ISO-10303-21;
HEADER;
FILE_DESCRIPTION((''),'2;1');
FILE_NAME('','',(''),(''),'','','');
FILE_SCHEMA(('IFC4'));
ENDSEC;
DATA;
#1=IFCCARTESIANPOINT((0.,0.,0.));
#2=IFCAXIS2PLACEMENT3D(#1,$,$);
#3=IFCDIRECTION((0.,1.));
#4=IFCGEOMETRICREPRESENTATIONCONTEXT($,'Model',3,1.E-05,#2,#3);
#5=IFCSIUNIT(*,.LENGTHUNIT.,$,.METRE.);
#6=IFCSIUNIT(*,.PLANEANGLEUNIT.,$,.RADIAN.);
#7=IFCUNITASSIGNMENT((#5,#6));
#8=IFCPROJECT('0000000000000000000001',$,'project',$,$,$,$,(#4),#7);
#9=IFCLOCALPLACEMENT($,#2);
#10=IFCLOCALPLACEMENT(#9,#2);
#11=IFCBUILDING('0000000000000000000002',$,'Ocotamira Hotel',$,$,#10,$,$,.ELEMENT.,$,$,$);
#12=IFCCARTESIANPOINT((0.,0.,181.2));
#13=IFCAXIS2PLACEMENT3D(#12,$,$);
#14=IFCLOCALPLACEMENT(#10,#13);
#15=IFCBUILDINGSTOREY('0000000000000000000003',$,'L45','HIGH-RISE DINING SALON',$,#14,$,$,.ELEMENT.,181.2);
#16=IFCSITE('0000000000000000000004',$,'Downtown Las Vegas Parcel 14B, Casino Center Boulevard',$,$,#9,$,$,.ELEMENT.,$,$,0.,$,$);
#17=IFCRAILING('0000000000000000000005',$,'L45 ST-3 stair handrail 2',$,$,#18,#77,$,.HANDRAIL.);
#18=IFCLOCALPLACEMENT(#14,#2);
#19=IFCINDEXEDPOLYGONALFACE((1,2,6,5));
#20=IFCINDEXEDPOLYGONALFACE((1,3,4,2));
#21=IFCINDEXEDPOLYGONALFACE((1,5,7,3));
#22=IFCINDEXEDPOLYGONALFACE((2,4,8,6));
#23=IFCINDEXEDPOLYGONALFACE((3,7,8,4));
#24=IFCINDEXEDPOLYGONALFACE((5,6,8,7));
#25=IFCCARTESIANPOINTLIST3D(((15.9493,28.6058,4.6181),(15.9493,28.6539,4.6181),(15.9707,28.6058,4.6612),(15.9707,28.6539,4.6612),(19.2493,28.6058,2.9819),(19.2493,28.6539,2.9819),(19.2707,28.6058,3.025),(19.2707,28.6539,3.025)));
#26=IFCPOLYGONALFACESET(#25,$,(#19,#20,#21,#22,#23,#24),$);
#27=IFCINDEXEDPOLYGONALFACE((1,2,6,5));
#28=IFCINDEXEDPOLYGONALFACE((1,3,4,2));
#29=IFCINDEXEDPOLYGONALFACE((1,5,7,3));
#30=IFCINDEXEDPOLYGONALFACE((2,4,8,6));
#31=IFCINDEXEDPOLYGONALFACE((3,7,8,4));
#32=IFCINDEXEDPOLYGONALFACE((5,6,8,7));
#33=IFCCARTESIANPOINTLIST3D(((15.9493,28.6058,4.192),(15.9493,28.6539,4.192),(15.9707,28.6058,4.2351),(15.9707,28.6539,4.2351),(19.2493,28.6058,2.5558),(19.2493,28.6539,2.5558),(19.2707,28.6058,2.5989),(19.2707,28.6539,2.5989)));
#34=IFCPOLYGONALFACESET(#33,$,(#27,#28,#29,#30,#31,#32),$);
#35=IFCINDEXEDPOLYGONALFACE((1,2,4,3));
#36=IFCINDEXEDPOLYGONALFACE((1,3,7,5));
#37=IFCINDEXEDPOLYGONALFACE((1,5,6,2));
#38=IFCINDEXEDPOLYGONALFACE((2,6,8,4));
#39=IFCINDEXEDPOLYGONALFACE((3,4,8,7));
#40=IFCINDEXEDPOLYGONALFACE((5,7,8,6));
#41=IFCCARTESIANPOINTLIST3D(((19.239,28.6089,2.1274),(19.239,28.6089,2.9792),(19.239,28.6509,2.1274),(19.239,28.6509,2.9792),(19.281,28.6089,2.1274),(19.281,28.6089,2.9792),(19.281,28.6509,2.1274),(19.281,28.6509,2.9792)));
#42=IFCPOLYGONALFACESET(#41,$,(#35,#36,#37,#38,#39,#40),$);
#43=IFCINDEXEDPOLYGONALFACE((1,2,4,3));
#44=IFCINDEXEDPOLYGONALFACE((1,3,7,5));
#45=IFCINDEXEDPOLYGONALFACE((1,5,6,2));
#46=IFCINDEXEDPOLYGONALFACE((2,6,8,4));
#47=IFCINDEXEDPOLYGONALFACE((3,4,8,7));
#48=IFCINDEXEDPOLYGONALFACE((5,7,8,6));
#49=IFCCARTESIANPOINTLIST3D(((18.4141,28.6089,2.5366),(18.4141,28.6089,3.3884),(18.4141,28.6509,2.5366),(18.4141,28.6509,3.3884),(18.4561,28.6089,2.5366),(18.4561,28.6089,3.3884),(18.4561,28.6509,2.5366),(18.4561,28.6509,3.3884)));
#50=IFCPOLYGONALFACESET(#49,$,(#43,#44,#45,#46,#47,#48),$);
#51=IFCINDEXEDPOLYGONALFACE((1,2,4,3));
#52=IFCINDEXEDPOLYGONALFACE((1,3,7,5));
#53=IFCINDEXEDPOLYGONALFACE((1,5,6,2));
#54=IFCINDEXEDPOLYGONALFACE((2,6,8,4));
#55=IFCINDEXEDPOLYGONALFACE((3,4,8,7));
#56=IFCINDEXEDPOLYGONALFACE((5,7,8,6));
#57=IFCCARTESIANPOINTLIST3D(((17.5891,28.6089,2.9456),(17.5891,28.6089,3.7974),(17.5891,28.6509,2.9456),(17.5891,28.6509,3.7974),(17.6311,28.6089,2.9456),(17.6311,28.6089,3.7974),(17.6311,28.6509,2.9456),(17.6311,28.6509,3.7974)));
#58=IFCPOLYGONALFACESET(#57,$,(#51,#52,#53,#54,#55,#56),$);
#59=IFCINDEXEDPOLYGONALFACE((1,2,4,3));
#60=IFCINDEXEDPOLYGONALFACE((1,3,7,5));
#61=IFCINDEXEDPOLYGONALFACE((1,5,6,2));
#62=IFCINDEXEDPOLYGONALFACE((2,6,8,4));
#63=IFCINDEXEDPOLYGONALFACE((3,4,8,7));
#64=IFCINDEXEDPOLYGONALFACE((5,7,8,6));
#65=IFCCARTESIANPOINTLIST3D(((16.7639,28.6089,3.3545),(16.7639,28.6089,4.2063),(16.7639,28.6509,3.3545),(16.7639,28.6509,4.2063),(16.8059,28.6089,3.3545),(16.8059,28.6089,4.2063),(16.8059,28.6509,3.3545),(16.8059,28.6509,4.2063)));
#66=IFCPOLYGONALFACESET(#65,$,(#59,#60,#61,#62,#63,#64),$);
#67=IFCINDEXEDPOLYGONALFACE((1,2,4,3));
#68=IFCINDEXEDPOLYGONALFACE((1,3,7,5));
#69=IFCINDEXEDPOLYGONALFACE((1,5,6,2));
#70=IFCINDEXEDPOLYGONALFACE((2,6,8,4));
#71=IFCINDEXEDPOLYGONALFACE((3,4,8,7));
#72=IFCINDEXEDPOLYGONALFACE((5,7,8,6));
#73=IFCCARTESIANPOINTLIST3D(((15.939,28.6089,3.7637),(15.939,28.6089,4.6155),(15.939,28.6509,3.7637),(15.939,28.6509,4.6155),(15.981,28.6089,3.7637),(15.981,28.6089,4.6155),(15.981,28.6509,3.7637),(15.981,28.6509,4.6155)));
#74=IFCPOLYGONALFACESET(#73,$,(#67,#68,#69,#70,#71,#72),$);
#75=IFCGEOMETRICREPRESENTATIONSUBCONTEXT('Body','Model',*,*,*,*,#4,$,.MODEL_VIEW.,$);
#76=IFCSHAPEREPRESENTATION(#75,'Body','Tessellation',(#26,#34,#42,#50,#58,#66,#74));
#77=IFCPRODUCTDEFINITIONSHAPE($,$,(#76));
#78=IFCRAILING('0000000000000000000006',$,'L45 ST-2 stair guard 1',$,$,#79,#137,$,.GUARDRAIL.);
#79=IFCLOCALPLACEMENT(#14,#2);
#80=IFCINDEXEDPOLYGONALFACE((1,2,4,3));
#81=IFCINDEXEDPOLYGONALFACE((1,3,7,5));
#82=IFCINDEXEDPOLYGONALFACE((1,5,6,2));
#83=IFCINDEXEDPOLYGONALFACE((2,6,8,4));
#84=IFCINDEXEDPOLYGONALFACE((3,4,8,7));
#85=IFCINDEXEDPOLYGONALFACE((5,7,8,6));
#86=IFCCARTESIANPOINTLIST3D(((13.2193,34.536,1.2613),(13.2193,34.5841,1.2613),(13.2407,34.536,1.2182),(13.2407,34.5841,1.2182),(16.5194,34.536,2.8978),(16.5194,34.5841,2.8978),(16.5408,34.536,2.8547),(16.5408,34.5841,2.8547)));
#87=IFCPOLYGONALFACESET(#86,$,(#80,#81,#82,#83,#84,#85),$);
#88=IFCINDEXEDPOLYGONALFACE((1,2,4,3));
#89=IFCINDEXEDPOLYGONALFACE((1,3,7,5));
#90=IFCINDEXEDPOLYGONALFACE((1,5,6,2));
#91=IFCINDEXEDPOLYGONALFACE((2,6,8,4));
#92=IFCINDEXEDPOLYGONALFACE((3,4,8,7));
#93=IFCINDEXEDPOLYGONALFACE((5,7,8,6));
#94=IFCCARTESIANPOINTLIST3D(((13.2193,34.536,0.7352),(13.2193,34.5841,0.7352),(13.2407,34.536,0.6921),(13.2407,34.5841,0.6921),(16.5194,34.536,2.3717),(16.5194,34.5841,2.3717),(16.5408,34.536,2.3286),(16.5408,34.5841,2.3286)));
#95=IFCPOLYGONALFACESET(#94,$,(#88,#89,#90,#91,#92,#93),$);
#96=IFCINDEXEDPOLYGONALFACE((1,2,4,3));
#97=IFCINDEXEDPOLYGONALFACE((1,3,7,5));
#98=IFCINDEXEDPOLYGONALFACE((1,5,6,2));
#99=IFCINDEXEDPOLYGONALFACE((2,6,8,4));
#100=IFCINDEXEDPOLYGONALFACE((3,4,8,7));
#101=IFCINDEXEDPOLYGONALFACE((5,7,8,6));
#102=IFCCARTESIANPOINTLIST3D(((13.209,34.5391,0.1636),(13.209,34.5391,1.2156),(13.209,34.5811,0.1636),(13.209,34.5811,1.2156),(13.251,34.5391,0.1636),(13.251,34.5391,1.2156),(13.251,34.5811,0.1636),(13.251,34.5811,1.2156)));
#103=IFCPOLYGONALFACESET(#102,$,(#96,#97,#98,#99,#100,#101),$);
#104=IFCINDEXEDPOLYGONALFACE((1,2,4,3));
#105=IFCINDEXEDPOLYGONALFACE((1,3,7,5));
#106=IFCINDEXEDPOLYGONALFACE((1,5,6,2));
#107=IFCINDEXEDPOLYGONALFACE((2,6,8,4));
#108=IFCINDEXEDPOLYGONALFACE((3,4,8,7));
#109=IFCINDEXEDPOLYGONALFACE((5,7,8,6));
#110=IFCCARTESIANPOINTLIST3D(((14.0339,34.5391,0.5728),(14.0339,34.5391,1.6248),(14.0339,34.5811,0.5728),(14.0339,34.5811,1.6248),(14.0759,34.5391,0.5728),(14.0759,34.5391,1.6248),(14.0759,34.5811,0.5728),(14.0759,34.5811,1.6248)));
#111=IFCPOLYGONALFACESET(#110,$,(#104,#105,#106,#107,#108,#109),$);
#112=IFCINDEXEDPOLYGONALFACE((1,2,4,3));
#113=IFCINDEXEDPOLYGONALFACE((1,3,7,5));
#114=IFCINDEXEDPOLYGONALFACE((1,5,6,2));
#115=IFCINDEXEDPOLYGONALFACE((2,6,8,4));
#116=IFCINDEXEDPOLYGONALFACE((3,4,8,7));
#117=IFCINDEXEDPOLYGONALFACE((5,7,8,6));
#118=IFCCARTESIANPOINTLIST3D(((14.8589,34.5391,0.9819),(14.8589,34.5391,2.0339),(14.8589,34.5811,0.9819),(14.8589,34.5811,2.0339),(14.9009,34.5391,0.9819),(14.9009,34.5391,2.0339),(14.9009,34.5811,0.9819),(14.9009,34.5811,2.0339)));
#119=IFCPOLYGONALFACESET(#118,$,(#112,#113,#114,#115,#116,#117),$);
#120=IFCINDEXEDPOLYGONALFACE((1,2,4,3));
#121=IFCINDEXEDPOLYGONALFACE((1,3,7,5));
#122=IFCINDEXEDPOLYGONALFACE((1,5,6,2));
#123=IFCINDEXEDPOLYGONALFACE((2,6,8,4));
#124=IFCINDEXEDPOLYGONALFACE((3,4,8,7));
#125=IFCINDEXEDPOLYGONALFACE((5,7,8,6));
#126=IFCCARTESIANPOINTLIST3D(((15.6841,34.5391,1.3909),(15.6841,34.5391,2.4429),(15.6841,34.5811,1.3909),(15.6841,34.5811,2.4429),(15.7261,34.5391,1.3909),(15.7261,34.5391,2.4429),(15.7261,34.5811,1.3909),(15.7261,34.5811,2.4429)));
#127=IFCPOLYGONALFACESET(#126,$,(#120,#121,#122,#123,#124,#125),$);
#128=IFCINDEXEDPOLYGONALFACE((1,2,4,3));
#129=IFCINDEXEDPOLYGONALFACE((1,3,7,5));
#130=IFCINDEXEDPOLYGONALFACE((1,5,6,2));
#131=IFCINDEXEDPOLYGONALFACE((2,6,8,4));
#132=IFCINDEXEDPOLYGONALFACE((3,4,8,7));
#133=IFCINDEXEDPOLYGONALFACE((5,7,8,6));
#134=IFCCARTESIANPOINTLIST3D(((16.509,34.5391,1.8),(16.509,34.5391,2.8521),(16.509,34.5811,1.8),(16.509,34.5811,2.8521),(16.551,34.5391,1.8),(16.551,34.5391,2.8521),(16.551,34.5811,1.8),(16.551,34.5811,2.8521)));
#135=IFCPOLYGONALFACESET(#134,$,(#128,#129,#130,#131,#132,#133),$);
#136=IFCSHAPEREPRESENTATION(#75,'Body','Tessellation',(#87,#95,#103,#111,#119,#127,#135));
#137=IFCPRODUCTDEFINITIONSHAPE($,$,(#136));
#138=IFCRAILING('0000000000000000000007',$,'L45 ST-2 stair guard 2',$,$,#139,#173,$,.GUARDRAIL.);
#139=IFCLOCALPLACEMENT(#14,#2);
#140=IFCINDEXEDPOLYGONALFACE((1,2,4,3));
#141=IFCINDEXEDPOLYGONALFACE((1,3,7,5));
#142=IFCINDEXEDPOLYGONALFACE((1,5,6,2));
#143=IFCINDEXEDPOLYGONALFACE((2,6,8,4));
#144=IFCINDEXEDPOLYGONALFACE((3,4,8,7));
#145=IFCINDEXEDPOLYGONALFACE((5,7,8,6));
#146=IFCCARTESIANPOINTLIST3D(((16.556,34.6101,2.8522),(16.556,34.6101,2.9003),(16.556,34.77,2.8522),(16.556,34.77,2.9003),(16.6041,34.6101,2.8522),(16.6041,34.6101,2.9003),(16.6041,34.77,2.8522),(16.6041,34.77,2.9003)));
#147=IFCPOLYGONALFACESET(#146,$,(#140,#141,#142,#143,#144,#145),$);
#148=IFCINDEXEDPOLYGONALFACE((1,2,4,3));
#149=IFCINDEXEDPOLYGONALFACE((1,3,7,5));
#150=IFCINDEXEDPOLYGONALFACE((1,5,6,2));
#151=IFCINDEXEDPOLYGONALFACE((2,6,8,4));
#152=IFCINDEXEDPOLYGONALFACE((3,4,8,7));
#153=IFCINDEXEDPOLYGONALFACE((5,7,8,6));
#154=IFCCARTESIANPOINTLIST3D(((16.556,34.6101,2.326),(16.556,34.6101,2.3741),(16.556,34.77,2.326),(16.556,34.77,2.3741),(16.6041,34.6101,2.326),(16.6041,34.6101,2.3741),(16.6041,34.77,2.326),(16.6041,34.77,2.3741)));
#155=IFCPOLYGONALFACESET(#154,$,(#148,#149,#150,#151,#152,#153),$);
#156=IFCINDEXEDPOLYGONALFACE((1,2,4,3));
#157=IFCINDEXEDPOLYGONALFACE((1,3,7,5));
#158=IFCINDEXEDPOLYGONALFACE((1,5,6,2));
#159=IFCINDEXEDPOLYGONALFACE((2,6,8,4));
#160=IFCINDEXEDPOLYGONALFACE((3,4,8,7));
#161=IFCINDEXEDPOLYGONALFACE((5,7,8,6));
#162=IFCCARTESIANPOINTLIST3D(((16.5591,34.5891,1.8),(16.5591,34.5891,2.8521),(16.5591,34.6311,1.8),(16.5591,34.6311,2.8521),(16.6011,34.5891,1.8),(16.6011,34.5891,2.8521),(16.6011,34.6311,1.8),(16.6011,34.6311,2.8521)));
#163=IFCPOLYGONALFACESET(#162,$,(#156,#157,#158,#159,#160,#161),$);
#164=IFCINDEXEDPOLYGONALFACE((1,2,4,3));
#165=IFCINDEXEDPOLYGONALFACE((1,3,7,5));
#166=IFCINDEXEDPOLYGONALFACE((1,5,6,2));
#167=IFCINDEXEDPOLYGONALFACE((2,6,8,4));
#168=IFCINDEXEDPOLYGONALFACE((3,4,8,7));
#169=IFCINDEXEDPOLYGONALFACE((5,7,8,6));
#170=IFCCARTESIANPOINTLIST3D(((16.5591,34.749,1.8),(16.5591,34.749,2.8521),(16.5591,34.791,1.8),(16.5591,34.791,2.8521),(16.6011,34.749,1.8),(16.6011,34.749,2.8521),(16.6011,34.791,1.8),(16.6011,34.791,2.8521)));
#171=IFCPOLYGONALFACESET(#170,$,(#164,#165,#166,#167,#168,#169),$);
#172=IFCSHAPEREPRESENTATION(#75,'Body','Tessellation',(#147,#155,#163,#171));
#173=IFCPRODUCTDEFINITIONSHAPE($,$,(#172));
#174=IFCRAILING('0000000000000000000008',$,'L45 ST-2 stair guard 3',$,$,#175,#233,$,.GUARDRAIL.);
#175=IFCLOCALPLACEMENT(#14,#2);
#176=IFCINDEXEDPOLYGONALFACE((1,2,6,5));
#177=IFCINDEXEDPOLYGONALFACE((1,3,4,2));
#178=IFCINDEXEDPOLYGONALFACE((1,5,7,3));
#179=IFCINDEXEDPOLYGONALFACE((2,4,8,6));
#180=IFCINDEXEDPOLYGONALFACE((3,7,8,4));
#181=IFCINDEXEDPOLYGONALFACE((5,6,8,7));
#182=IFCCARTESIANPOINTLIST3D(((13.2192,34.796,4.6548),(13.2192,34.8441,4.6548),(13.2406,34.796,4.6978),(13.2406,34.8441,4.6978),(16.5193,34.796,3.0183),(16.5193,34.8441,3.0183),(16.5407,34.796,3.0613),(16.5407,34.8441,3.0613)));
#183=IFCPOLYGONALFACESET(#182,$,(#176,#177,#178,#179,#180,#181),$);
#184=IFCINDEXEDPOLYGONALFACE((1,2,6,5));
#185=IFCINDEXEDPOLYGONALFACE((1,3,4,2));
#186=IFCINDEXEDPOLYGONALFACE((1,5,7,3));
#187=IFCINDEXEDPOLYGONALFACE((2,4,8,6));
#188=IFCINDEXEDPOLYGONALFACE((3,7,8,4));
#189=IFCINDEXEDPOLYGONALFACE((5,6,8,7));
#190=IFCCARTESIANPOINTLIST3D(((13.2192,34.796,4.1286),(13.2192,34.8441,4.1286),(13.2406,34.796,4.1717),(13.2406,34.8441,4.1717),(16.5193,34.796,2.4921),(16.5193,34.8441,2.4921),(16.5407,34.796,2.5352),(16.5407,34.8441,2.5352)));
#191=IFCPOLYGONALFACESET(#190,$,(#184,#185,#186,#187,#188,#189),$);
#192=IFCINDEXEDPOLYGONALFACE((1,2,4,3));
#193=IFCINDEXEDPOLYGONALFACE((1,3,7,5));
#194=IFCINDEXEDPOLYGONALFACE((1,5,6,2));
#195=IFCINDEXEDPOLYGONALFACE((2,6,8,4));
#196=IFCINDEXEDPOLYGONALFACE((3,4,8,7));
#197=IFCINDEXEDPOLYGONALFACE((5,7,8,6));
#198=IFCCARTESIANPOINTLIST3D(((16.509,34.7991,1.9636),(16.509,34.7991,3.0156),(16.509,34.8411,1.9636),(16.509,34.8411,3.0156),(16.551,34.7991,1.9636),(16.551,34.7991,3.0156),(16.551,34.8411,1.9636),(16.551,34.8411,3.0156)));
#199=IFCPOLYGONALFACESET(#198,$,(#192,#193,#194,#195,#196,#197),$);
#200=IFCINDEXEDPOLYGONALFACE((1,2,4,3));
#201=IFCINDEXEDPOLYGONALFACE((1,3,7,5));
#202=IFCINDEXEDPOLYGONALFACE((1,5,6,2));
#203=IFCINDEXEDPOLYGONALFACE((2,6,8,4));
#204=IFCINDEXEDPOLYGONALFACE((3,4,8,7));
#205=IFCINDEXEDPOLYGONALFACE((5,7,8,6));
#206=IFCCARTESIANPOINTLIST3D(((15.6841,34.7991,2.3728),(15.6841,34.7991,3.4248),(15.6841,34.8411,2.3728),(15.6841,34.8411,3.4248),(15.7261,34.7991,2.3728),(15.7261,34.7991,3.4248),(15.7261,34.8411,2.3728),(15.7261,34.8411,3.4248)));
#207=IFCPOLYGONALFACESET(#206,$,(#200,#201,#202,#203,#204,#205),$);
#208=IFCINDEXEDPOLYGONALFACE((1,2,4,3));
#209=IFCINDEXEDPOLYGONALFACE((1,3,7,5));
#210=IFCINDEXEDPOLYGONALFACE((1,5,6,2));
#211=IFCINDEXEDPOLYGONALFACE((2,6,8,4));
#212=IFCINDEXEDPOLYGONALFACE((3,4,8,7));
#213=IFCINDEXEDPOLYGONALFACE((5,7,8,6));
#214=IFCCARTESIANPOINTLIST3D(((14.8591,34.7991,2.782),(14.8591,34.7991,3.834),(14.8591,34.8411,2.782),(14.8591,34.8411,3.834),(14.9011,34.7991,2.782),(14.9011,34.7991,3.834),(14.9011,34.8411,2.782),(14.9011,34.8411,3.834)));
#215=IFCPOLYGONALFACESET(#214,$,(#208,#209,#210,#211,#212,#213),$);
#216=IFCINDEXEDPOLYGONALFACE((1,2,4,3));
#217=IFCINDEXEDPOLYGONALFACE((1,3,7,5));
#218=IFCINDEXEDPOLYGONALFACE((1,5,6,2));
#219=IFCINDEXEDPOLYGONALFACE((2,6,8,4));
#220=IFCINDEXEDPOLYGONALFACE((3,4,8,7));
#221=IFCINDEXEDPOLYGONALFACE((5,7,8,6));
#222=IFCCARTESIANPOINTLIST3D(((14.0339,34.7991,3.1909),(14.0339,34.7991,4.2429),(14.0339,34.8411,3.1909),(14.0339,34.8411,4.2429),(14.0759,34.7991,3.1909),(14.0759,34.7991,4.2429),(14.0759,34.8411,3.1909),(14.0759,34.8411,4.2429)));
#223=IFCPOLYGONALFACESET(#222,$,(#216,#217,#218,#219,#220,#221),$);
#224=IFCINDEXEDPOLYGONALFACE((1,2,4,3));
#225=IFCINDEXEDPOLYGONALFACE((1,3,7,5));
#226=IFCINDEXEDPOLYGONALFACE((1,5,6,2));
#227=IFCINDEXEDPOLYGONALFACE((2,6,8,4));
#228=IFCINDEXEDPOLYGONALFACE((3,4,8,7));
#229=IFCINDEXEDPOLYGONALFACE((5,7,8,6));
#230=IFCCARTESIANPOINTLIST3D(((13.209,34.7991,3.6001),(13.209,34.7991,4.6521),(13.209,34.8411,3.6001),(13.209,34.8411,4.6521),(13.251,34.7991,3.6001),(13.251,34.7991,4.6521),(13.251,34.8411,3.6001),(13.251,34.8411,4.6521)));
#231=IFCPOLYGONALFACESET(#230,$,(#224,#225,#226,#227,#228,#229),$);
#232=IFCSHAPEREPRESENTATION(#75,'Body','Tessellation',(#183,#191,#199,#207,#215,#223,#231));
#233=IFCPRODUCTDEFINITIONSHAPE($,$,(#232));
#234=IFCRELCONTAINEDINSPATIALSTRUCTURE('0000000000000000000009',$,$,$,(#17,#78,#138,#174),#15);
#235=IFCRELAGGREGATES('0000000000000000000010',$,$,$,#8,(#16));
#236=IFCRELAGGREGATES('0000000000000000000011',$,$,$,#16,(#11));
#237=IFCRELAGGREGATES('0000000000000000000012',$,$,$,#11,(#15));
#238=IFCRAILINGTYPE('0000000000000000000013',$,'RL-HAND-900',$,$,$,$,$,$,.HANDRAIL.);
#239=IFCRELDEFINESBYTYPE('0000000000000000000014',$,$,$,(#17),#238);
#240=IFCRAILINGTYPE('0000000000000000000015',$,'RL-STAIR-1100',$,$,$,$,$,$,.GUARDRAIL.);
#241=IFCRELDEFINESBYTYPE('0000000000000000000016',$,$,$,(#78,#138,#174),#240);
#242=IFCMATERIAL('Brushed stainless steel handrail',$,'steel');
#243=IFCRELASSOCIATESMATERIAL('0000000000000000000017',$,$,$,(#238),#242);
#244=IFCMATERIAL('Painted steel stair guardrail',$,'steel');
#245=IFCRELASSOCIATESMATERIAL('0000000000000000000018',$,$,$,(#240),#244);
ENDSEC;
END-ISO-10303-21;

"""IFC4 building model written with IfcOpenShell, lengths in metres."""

from ifc_helpers import new_model, si_unit, direction, frame, origin, origin_2d, place, context, subcontext, project, spatial, rectangle, extrude, material, type_object, element, save


model = new_model("IFC4")

# Units and contexts
model_context = context("Model", 3, precision=1e-05, world=origin(), true_north=direction((0.0, 1.0)))
body_context = subcontext(model_context, "Body", "Model", "MODEL_VIEW")
ifc_project = project(units=[si_unit("LENGTHUNIT", "METRE"), si_unit("PLANEANGLEUNIT", "RADIAN")], contexts=[model_context])

# Site, building, storey
site_placement = place(None, origin())
site = spatial("IfcSite", under=ifc_project, at=site_placement, Name="Downtown Las Vegas Parcel 14B, Casino Center Boulevard", CompositionType="ELEMENT", RefElevation=0.0)
building_placement = place(site_placement, origin())
building = spatial("IfcBuilding", under=site, at=building_placement, Name="Ocotamira Hotel", CompositionType="ELEMENT")
storey_placement = place(building_placement, frame((0.0, 0.0, 181.2)))
storey = spatial("IfcBuildingStorey", under=building, at=storey_placement, Name="L45", Description="HIGH-RISE DINING SALON", CompositionType="ELEMENT", Elevation=181.2)

# Railings
ifc_material_1 = material(Name="Brushed stainless steel handrail", Category="steel")
railing_type_1 = type_object("IfcRailingType", Name="RL-HAND-900", PredefinedType="HANDRAIL", material=ifc_material_1)
railing_1_placement = place(storey_placement, frame((19.26, 28.6299, 2.1274)))
element("IfcRailing", 1, at=railing_1_placement, inside=storey, type_object=railing_type_1, Name="L45 ST-3 stair handrail 2", PredefinedType="HANDRAIL", context=body_context, shape_type="SweptSolid", body=[
    extrude(rectangle(XDim=0.0481, YDim=0.0481, at=origin_2d()), frame((0.0, 0.0, 0.876), z_axis=(-0.89592, 0.0, 0.444215), x_axis=(0.0, -1.0, 0.0)), (0.0, 0.0, 1.0), 3.6833),
    extrude(rectangle(XDim=0.0481, YDim=0.0481, at=origin_2d()), frame((0.0, 0.0, 0.45), z_axis=(-0.89592, 0.0, 0.444215), x_axis=(0.0, -1.0, 0.0)), (0.0, 0.0, 1.0), 3.6833),
    extrude(rectangle(XDim=0.042, YDim=0.042, at=origin_2d()), origin(), (0.0, 0.0, 1.0), 0.8518),
    extrude(rectangle(XDim=0.042, YDim=0.042, at=origin_2d()), frame((-0.825, 0.0, 0.4092)), (0.0, 0.0, 1.0), 0.8518),
    extrude(rectangle(XDim=0.042, YDim=0.042, at=origin_2d()), frame((-1.6499, 0.0, 0.8181)), (0.0, 0.0, 1.0), 0.8518),
    extrude(rectangle(XDim=0.042, YDim=0.042, at=origin_2d()), frame((-2.4751, 0.0, 1.2271)), (0.0, 0.0, 1.0), 0.8518),
    extrude(rectangle(XDim=0.042, YDim=0.042, at=origin_2d()), frame((-3.3, 0.0, 1.6362)), (0.0, 0.0, 1.0), 0.8518),
])
ifc_material_2 = material(Name="Painted steel stair guardrail", Category="steel")
railing_type_2 = type_object("IfcRailingType", Name="RL-STAIR-1100", PredefinedType="GUARDRAIL", material=ifc_material_2)
railing_2_placement = place(storey_placement, frame((13.23, 34.5601, 0.1636)))
element("IfcRailing", 2, at=railing_2_placement, inside=storey, type_object=railing_type_2, Name="L45 ST-2 stair guard 1", PredefinedType="GUARDRAIL", context=body_context, shape_type="SweptSolid", body=[
    extrude(rectangle(XDim=0.0481, YDim=0.0481, at=origin_2d()), frame((0.0, 0.0, 1.0762), z_axis=(0.895894, 0.0, 0.444268), x_axis=(0.0, 1.0, 0.0)), (0.0, 0.0, 1.0), 3.6836),
    extrude(rectangle(XDim=0.0481, YDim=0.0481, at=origin_2d()), frame((0.0, 0.0, 0.55), z_axis=(0.895894, 0.0, 0.444268), x_axis=(0.0, 1.0, 0.0)), (0.0, 0.0, 1.0), 3.6836),
    extrude(rectangle(XDim=0.042, YDim=0.042, at=origin_2d()), origin(), (0.0, 0.0, 1.0), 1.052),
    extrude(rectangle(XDim=0.042, YDim=0.042, at=origin_2d()), frame((0.825, 0.0, 0.4092)), (0.0, 0.0, 1.0), 1.052),
    extrude(rectangle(XDim=0.042, YDim=0.042, at=origin_2d()), frame((1.6499, 0.0, 0.8184)), (0.0, 0.0, 1.0), 1.052),
    extrude(rectangle(XDim=0.042, YDim=0.042, at=origin_2d()), frame((2.4751, 0.0, 1.2273)), (0.0, 0.0, 1.0), 1.052),
    extrude(rectangle(XDim=0.042, YDim=0.042, at=origin_2d()), frame((3.3, 0.0, 1.6365)), (0.0, 0.0, 1.0), 1.052),
])
railing_3_placement = place(storey_placement, frame((16.5801, 34.6101, 1.8)))
element("IfcRailing", 3, at=railing_3_placement, inside=storey, type_object=railing_type_2, Name="L45 ST-2 stair guard 2", PredefinedType="GUARDRAIL", context=body_context, shape_type="SweptSolid", body=[
    extrude(rectangle(XDim=0.0481, YDim=0.0481, at=origin_2d()), frame((0.0, 0.0, 1.0762), z_axis=(0.0, 1.0, 0.0), x_axis=(-1.0, 0.0, 0.0)), (0.0, 0.0, 1.0), 0.1599),
    extrude(rectangle(XDim=0.0481, YDim=0.0481, at=origin_2d()), frame((0.0, 0.0, 0.55), z_axis=(0.0, 1.0, 0.0), x_axis=(-1.0, 0.0, 0.0)), (0.0, 0.0, 1.0), 0.1599),
    extrude(rectangle(XDim=0.042, YDim=0.042, at=origin_2d()), origin(), (0.0, 0.0, 1.0), 1.052),
    extrude(rectangle(XDim=0.042, YDim=0.042, at=origin_2d()), frame((0.0, 0.1599, 0.0)), (0.0, 0.0, 1.0), 1.052),
])
railing_4_placement = place(storey_placement, frame((16.53, 34.8201, 1.9636)))
element("IfcRailing", 4, at=railing_4_placement, inside=storey, type_object=railing_type_2, Name="L45 ST-2 stair guard 3", PredefinedType="GUARDRAIL", context=body_context, shape_type="SweptSolid", body=[
    extrude(rectangle(XDim=0.0481, YDim=0.0481, at=origin_2d()), frame((0.0, 0.0, 1.0762), z_axis=(-0.895894, 0.0, 0.444268), x_axis=(0.0, -1.0, 0.0)), (0.0, 0.0, 1.0), 3.6836),
    extrude(rectangle(XDim=0.0481, YDim=0.0481, at=origin_2d()), frame((0.0, 0.0, 0.55), z_axis=(-0.895894, 0.0, 0.444268), x_axis=(0.0, -1.0, 0.0)), (0.0, 0.0, 1.0), 3.6836),
    extrude(rectangle(XDim=0.042, YDim=0.042, at=origin_2d()), origin(), (0.0, 0.0, 1.0), 1.052),
    extrude(rectangle(XDim=0.042, YDim=0.042, at=origin_2d()), frame((-0.825, 0.0, 0.4092)), (0.0, 0.0, 1.0), 1.052),
    extrude(rectangle(XDim=0.042, YDim=0.042, at=origin_2d()), frame((-1.6499, 0.0, 0.8184)), (0.0, 0.0, 1.0), 1.052),
    extrude(rectangle(XDim=0.042, YDim=0.042, at=origin_2d()), frame((-2.4751, 0.0, 1.2273)), (0.0, 0.0, 1.0), 1.052),
    extrude(rectangle(XDim=0.042, YDim=0.042, at=origin_2d()), frame((-3.3, 0.0, 1.6365)), (0.0, 0.0, 1.0), 1.052),
])

save(model, "model.ifc")
